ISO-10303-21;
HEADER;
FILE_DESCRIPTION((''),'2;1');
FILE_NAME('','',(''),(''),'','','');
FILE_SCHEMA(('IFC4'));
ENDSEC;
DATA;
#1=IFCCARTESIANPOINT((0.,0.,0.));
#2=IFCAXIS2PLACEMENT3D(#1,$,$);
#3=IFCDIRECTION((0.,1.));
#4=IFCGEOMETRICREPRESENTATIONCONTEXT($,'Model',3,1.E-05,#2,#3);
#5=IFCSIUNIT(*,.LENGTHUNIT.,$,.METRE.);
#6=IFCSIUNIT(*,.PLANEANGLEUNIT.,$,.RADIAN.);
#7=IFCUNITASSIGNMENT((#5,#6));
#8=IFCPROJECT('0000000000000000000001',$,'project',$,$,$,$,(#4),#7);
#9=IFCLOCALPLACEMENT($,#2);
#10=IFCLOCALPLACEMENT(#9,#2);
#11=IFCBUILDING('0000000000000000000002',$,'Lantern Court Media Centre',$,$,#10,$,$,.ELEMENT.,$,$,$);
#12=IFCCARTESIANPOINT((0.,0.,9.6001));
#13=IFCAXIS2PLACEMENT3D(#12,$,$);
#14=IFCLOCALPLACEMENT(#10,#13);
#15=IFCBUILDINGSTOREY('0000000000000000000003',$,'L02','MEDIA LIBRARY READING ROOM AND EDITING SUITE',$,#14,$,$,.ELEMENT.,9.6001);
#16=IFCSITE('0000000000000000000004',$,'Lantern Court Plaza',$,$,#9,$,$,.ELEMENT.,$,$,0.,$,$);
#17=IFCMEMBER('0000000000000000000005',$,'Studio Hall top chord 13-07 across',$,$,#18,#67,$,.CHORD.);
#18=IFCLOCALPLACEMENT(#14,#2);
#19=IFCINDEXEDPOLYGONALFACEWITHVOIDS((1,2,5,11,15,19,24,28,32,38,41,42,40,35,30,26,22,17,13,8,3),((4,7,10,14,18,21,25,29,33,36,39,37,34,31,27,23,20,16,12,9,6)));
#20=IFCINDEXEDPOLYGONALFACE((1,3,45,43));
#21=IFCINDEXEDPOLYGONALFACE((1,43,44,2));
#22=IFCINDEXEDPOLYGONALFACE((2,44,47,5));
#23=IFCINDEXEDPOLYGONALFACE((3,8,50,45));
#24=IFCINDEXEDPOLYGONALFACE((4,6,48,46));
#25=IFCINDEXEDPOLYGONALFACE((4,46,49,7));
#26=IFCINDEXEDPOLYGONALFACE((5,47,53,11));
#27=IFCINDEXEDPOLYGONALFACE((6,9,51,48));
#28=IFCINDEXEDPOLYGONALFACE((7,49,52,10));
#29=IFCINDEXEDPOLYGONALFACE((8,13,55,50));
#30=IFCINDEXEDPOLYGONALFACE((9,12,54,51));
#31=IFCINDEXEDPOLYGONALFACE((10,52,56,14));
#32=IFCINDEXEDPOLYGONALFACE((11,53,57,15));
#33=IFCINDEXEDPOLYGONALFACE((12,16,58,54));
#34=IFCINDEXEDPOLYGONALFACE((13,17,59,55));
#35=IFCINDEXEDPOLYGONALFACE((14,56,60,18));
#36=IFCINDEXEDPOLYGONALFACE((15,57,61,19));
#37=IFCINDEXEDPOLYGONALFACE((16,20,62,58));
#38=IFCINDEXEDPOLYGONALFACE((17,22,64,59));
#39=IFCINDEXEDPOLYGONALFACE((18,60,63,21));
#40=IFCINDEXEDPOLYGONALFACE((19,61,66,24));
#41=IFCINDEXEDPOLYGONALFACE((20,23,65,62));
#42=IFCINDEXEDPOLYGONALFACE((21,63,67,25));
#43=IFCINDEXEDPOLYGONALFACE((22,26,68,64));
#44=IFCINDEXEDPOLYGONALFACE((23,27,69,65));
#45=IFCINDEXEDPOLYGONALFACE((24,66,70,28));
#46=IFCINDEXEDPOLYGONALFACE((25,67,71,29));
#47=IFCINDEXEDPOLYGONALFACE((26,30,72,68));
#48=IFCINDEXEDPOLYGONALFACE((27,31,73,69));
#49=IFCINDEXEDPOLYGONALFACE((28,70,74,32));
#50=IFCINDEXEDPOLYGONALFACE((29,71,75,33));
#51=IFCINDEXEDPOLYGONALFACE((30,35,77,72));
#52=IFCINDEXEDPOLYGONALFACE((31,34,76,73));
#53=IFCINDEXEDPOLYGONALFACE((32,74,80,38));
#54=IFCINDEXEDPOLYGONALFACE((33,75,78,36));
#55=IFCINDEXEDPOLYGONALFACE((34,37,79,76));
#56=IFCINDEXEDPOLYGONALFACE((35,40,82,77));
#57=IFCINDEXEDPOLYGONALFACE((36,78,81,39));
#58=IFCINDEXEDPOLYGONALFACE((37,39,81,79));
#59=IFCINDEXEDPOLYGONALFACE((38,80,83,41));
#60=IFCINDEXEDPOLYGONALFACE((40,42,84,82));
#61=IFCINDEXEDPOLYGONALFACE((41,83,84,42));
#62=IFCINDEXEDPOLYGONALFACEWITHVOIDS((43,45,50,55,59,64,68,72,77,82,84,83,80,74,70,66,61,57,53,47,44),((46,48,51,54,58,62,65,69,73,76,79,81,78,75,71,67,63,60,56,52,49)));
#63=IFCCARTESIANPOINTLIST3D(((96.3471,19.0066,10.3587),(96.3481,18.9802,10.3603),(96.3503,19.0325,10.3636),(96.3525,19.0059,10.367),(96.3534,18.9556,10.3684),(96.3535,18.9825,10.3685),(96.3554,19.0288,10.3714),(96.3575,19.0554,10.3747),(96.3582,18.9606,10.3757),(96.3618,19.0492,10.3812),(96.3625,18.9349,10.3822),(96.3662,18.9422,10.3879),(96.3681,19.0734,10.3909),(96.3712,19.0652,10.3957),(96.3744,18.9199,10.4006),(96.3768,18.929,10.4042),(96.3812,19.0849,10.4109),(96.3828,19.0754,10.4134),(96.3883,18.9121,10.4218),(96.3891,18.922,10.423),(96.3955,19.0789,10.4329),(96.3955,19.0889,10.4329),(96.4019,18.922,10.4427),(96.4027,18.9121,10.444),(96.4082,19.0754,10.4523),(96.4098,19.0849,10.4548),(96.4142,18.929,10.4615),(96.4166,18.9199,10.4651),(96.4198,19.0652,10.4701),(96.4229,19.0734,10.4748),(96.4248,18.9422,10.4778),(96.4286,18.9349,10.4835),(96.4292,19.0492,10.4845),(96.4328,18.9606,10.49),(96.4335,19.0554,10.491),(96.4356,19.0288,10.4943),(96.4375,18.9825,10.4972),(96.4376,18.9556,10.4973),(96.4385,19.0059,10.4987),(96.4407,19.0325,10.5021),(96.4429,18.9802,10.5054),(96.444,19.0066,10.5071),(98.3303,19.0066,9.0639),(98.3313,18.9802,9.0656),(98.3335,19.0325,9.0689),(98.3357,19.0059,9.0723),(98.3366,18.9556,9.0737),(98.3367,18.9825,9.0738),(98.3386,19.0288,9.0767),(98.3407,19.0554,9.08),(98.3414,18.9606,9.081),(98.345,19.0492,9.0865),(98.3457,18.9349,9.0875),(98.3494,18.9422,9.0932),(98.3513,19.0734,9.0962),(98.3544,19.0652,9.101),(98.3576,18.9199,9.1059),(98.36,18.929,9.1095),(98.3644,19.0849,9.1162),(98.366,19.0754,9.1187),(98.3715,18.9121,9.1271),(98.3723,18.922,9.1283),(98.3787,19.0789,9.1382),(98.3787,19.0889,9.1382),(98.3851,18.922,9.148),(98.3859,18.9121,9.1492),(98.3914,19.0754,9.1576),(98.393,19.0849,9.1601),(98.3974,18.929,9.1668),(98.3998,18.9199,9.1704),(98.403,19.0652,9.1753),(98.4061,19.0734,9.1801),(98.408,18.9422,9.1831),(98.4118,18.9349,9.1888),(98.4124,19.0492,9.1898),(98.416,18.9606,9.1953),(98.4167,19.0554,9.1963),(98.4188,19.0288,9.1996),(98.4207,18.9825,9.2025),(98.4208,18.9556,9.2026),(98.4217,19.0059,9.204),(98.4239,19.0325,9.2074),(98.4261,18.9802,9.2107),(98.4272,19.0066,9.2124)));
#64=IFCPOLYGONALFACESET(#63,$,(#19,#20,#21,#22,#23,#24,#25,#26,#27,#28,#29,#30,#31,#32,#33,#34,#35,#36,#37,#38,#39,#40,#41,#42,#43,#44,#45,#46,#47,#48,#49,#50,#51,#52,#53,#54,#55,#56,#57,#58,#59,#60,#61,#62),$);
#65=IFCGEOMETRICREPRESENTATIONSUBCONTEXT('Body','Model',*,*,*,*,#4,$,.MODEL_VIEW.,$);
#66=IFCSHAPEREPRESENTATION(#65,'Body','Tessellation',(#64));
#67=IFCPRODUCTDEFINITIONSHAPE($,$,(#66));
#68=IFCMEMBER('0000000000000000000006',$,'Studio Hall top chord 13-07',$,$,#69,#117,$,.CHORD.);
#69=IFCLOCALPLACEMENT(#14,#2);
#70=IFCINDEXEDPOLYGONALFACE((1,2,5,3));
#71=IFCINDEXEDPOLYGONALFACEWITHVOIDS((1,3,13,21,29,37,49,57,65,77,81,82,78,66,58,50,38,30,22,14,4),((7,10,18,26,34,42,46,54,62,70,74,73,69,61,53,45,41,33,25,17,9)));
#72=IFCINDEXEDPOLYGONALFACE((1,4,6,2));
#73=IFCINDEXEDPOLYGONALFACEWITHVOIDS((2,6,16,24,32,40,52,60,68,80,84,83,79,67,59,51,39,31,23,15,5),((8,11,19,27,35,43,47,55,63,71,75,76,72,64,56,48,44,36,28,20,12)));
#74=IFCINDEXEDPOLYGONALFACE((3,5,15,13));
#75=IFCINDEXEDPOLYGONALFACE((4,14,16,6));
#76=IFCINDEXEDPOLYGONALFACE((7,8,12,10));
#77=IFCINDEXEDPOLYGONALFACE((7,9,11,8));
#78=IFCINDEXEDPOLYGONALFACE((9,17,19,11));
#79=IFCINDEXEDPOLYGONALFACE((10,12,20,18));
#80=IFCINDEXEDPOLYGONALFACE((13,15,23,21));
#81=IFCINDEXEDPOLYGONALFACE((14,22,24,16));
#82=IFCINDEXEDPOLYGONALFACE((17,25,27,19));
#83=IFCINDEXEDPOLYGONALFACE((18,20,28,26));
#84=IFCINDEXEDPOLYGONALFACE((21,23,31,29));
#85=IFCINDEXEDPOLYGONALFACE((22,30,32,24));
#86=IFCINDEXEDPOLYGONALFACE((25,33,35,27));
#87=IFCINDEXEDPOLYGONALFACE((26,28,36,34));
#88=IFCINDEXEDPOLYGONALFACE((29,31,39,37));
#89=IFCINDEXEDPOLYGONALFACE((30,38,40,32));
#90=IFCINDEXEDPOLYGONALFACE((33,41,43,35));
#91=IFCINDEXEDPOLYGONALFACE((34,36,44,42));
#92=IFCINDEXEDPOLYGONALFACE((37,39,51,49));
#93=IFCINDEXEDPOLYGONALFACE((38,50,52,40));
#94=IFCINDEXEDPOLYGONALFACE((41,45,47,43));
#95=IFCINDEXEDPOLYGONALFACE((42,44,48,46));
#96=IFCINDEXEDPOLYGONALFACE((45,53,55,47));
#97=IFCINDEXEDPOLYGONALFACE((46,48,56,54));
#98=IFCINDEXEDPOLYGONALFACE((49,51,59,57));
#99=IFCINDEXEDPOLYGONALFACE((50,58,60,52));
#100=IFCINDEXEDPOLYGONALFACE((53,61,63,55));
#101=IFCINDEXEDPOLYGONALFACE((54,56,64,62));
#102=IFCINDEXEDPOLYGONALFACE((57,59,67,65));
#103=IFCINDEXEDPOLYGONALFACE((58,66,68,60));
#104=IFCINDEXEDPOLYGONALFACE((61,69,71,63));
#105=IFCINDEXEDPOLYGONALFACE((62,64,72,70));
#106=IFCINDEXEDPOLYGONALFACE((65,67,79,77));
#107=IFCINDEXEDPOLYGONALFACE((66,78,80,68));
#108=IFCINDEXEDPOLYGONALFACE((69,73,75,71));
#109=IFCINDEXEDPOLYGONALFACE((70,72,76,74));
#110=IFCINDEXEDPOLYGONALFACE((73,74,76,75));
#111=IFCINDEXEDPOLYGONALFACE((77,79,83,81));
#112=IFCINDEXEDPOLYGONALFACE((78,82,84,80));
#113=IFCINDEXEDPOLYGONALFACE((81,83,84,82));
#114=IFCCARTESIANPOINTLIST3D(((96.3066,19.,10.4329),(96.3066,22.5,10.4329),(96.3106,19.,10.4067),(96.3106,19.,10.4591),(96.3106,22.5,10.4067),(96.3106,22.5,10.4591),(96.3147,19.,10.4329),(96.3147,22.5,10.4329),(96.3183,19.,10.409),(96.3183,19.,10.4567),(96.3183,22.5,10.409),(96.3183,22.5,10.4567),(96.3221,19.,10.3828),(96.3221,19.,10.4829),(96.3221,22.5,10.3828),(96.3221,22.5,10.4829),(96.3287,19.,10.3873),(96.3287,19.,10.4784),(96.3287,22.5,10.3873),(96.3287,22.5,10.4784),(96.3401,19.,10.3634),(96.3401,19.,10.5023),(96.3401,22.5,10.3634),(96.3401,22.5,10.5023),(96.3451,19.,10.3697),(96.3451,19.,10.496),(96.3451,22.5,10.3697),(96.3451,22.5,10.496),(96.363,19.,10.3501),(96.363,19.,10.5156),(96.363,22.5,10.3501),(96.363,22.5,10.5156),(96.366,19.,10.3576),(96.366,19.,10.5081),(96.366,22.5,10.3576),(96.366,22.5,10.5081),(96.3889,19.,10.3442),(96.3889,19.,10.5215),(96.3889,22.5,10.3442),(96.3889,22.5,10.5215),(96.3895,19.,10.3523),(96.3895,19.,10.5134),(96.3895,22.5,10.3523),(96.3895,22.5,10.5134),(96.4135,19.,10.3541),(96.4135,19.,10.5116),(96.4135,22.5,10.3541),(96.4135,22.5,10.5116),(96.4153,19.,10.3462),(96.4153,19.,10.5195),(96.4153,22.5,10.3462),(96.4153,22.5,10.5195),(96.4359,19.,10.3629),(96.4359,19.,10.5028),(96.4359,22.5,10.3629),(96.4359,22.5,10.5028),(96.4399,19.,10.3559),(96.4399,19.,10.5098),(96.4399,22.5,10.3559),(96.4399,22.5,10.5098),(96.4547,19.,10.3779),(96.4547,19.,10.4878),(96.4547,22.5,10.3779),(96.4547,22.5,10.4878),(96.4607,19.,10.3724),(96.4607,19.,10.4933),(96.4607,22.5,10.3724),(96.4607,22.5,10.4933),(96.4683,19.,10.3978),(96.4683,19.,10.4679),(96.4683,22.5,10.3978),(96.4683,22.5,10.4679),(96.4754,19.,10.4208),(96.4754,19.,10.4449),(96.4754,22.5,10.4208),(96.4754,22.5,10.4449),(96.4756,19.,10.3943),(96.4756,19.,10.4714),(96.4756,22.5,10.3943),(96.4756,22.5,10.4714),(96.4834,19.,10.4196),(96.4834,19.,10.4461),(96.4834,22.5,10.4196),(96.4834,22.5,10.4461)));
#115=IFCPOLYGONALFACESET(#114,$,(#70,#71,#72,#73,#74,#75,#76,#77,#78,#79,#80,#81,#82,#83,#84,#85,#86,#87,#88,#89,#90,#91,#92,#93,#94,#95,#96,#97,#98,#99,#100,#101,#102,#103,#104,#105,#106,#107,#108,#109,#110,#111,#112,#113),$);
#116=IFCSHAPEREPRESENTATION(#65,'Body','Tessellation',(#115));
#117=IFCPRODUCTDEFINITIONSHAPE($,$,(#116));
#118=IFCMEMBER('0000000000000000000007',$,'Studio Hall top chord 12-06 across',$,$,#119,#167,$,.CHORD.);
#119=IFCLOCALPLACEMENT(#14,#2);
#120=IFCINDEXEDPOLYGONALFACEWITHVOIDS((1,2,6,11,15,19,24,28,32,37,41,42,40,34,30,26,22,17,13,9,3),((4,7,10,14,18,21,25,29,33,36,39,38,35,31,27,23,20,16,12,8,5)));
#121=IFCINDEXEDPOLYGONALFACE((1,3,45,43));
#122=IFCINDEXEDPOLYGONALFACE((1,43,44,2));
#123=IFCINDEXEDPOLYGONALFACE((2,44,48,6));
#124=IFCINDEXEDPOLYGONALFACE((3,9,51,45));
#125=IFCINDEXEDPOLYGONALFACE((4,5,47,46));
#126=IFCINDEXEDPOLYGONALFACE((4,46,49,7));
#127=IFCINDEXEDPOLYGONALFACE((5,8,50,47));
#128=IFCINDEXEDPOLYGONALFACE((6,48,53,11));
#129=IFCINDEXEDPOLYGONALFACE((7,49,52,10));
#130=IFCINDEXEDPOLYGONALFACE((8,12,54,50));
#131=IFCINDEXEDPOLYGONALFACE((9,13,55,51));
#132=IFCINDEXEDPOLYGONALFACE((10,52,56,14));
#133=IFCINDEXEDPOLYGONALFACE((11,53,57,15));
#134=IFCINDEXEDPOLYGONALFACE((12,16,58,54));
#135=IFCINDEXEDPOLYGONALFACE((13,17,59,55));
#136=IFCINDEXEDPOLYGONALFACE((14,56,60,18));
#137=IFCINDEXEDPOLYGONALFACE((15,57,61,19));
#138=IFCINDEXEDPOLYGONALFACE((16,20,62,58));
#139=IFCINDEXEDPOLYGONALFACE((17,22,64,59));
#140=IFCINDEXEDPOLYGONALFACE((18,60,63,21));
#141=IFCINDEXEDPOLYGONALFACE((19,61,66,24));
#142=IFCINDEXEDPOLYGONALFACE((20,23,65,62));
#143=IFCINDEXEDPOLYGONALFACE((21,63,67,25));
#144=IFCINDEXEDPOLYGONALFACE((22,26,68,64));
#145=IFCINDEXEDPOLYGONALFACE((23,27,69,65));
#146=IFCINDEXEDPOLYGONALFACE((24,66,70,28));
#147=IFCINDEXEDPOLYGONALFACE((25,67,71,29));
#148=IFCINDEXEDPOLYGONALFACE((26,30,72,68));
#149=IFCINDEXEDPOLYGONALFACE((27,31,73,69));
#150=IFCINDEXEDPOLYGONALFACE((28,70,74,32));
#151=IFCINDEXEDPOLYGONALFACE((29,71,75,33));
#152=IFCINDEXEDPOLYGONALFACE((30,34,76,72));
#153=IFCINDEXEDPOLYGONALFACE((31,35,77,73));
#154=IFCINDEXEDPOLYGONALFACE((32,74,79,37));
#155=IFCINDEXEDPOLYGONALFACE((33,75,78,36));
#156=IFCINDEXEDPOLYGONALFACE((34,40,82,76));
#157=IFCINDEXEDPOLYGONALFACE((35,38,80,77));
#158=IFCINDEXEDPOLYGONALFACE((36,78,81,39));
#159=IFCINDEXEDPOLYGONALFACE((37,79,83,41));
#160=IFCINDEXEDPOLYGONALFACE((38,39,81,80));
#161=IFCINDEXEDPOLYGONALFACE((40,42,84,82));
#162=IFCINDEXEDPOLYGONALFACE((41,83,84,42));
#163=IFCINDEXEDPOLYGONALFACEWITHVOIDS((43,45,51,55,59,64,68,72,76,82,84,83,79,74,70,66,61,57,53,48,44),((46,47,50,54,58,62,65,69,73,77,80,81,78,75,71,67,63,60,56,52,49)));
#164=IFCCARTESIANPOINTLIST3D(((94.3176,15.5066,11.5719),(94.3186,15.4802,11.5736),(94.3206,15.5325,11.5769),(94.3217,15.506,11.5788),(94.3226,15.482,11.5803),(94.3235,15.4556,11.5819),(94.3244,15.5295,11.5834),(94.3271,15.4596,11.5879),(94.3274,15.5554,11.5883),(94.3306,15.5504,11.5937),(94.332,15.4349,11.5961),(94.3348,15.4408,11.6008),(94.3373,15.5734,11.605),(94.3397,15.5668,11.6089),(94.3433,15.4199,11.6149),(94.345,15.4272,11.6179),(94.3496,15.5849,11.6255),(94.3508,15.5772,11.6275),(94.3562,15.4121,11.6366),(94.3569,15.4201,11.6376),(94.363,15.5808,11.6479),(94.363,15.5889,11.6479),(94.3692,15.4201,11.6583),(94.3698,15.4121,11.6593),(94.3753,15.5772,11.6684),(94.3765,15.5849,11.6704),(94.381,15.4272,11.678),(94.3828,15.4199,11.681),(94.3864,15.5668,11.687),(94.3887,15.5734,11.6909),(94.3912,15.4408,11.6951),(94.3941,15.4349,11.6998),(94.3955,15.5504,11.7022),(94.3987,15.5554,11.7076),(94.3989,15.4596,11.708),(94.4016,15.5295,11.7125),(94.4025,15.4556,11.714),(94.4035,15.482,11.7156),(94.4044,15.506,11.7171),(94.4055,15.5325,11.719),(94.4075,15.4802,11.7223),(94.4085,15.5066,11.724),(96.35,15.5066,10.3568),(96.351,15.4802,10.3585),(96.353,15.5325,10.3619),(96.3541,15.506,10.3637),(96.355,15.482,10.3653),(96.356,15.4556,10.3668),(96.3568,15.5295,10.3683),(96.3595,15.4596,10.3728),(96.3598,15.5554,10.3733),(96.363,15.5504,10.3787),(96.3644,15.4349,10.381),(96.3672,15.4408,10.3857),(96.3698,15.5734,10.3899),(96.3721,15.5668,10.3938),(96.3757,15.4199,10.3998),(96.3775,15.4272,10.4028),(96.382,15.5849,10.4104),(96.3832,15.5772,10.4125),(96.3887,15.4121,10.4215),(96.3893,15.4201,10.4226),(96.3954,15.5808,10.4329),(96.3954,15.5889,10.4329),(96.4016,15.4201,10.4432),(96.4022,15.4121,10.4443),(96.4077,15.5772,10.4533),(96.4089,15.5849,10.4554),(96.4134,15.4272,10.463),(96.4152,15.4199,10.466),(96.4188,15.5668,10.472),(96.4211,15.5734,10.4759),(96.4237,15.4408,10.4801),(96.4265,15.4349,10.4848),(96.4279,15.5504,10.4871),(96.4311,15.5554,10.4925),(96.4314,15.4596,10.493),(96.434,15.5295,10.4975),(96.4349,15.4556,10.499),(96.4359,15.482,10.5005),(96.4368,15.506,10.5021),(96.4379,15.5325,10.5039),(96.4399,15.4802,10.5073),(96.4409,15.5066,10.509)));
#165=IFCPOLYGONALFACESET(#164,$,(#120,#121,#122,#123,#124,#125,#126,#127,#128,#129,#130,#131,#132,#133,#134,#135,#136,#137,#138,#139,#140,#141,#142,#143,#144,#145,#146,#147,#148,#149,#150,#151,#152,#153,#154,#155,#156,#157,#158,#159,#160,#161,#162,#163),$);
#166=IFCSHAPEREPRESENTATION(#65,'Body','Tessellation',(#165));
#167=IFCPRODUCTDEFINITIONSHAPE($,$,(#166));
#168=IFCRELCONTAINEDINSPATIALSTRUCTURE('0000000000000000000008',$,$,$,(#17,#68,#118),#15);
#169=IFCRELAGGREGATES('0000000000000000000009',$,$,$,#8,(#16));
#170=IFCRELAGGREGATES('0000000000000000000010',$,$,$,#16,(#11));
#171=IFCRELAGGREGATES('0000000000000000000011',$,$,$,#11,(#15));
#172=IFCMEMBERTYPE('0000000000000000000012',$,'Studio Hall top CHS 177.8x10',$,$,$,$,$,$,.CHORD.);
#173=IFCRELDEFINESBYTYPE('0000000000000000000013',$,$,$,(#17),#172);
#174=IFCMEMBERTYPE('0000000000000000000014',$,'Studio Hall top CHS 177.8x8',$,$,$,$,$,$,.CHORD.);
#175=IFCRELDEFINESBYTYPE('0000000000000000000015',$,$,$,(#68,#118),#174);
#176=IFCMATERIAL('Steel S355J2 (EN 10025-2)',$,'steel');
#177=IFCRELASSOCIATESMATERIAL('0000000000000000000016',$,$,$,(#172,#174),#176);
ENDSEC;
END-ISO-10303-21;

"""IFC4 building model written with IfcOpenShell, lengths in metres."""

from ifc_helpers import new_model, si_unit, direction, frame, origin, origin_2d, place, context, subcontext, project, spatial, hollow_circle, extrude, material, material_profile, profile_set, type_object, element, save


model = new_model("IFC4")

# Units and contexts
model_context = context("Model", 3, precision=1e-05, world=origin(), true_north=direction((0.0, 1.0)))
body_context = subcontext(model_context, "Body", "Model", "MODEL_VIEW")
ifc_project = project(units=[si_unit("LENGTHUNIT", "METRE"), si_unit("PLANEANGLEUNIT", "RADIAN")], contexts=[model_context])

# Site, building, storey
site_placement = place(None, origin())
site = spatial("IfcSite", under=ifc_project, at=site_placement, Name="Lantern Court Plaza", CompositionType="ELEMENT", RefElevation=0.0)
building_placement = place(site_placement, origin())
building = spatial("IfcBuilding", under=site, at=building_placement, Name="Lantern Court Media Centre", CompositionType="ELEMENT")
storey_placement = place(building_placement, frame((0.0, 0.0, 9.6001)))
storey = spatial("IfcBuildingStorey", under=building, at=storey_placement, Name="L02", Description="MEDIA LIBRARY READING ROOM AND EDITING SUITE", CompositionType="ELEMENT", Elevation=9.6001)

# Members
ifc_material = material(Name="Steel S355J2 (EN 10025-2)", Category="steel")
ifc_material_profile_1 = material_profile(ifc_material, hollow_circle(Radius=0.0889, WallThickness=0.01, at=origin_2d()), Name="Studio Hall top CHS 177.8x10")
ifc_profile_set_1 = profile_set([ifc_material_profile_1], Name="Steel S355J2 (EN 10025-2)")
member_type_1 = type_object("IfcMemberType", Name="Studio Hall top CHS 177.8x10", PredefinedType="CHORD", material=ifc_profile_set_1)
member_1_placement = place(storey_placement, frame((96.3955, 19.0, 10.4329), z_axis=(0.837356, 0.0, -0.546658), x_axis=(0.0, 1.0, 0.0)))
element("IfcMember", 1, at=member_1_placement, inside=storey, type_object=member_type_1, Name="Studio Hall top chord 13-07 across", PredefinedType="CHORD", context=body_context, shape_type="SweptSolid", body=[
    extrude(hollow_circle(Radius=0.0889, WallThickness=0.01, at=origin_2d()), origin(), (0.0, 0.0, 1.0), 2.3684),
])
ifc_material_profile_2 = material_profile(ifc_material, hollow_circle(Radius=0.0889, WallThickness=0.0081, at=origin_2d()), Name="Studio Hall top CHS 177.8x8")
ifc_profile_set_2 = profile_set([ifc_material_profile_2], Name="Steel S355J2 (EN 10025-2)")
member_type_2 = type_object("IfcMemberType", Name="Studio Hall top CHS 177.8x8", PredefinedType="CHORD", material=ifc_profile_set_2)
member_2_placement = place(storey_placement, frame((96.3955, 19.0, 10.4329), z_axis=(0.0, 1.0, 0.0), x_axis=(-1.0, 0.0, 0.0)))
element("IfcMember", 2, at=member_2_placement, inside=storey, type_object=member_type_2, Name="Studio Hall top chord 13-07", PredefinedType="CHORD", context=body_context, shape_type="SweptSolid", body=[
    extrude(hollow_circle(Radius=0.0889, WallThickness=0.0081, at=origin_2d()), origin(), (0.0, 0.0, 1.0), 3.5),
])
for number, where, z_axis, x_axis, name in (
    (3, (94.363, 15.5, 11.6479), (0.858311, 0.0, -0.513131), (0.0, 1.0, 0.0), "Studio Hall top chord 12-06 across"),
):
    element("IfcMember", number, at=place(storey_placement, frame(where, z_axis=z_axis, x_axis=x_axis)), inside=storey, type_object=member_type_2, Name=name, PredefinedType="CHORD", context=body_context, shape_type="SweptSolid", body=[
        extrude(hollow_circle(Radius=0.0889, WallThickness=0.0081, at=origin_2d()), origin(), (0.0, 0.0, 1.0), 2.3679),
    ])

save(model, "model.ifc")
